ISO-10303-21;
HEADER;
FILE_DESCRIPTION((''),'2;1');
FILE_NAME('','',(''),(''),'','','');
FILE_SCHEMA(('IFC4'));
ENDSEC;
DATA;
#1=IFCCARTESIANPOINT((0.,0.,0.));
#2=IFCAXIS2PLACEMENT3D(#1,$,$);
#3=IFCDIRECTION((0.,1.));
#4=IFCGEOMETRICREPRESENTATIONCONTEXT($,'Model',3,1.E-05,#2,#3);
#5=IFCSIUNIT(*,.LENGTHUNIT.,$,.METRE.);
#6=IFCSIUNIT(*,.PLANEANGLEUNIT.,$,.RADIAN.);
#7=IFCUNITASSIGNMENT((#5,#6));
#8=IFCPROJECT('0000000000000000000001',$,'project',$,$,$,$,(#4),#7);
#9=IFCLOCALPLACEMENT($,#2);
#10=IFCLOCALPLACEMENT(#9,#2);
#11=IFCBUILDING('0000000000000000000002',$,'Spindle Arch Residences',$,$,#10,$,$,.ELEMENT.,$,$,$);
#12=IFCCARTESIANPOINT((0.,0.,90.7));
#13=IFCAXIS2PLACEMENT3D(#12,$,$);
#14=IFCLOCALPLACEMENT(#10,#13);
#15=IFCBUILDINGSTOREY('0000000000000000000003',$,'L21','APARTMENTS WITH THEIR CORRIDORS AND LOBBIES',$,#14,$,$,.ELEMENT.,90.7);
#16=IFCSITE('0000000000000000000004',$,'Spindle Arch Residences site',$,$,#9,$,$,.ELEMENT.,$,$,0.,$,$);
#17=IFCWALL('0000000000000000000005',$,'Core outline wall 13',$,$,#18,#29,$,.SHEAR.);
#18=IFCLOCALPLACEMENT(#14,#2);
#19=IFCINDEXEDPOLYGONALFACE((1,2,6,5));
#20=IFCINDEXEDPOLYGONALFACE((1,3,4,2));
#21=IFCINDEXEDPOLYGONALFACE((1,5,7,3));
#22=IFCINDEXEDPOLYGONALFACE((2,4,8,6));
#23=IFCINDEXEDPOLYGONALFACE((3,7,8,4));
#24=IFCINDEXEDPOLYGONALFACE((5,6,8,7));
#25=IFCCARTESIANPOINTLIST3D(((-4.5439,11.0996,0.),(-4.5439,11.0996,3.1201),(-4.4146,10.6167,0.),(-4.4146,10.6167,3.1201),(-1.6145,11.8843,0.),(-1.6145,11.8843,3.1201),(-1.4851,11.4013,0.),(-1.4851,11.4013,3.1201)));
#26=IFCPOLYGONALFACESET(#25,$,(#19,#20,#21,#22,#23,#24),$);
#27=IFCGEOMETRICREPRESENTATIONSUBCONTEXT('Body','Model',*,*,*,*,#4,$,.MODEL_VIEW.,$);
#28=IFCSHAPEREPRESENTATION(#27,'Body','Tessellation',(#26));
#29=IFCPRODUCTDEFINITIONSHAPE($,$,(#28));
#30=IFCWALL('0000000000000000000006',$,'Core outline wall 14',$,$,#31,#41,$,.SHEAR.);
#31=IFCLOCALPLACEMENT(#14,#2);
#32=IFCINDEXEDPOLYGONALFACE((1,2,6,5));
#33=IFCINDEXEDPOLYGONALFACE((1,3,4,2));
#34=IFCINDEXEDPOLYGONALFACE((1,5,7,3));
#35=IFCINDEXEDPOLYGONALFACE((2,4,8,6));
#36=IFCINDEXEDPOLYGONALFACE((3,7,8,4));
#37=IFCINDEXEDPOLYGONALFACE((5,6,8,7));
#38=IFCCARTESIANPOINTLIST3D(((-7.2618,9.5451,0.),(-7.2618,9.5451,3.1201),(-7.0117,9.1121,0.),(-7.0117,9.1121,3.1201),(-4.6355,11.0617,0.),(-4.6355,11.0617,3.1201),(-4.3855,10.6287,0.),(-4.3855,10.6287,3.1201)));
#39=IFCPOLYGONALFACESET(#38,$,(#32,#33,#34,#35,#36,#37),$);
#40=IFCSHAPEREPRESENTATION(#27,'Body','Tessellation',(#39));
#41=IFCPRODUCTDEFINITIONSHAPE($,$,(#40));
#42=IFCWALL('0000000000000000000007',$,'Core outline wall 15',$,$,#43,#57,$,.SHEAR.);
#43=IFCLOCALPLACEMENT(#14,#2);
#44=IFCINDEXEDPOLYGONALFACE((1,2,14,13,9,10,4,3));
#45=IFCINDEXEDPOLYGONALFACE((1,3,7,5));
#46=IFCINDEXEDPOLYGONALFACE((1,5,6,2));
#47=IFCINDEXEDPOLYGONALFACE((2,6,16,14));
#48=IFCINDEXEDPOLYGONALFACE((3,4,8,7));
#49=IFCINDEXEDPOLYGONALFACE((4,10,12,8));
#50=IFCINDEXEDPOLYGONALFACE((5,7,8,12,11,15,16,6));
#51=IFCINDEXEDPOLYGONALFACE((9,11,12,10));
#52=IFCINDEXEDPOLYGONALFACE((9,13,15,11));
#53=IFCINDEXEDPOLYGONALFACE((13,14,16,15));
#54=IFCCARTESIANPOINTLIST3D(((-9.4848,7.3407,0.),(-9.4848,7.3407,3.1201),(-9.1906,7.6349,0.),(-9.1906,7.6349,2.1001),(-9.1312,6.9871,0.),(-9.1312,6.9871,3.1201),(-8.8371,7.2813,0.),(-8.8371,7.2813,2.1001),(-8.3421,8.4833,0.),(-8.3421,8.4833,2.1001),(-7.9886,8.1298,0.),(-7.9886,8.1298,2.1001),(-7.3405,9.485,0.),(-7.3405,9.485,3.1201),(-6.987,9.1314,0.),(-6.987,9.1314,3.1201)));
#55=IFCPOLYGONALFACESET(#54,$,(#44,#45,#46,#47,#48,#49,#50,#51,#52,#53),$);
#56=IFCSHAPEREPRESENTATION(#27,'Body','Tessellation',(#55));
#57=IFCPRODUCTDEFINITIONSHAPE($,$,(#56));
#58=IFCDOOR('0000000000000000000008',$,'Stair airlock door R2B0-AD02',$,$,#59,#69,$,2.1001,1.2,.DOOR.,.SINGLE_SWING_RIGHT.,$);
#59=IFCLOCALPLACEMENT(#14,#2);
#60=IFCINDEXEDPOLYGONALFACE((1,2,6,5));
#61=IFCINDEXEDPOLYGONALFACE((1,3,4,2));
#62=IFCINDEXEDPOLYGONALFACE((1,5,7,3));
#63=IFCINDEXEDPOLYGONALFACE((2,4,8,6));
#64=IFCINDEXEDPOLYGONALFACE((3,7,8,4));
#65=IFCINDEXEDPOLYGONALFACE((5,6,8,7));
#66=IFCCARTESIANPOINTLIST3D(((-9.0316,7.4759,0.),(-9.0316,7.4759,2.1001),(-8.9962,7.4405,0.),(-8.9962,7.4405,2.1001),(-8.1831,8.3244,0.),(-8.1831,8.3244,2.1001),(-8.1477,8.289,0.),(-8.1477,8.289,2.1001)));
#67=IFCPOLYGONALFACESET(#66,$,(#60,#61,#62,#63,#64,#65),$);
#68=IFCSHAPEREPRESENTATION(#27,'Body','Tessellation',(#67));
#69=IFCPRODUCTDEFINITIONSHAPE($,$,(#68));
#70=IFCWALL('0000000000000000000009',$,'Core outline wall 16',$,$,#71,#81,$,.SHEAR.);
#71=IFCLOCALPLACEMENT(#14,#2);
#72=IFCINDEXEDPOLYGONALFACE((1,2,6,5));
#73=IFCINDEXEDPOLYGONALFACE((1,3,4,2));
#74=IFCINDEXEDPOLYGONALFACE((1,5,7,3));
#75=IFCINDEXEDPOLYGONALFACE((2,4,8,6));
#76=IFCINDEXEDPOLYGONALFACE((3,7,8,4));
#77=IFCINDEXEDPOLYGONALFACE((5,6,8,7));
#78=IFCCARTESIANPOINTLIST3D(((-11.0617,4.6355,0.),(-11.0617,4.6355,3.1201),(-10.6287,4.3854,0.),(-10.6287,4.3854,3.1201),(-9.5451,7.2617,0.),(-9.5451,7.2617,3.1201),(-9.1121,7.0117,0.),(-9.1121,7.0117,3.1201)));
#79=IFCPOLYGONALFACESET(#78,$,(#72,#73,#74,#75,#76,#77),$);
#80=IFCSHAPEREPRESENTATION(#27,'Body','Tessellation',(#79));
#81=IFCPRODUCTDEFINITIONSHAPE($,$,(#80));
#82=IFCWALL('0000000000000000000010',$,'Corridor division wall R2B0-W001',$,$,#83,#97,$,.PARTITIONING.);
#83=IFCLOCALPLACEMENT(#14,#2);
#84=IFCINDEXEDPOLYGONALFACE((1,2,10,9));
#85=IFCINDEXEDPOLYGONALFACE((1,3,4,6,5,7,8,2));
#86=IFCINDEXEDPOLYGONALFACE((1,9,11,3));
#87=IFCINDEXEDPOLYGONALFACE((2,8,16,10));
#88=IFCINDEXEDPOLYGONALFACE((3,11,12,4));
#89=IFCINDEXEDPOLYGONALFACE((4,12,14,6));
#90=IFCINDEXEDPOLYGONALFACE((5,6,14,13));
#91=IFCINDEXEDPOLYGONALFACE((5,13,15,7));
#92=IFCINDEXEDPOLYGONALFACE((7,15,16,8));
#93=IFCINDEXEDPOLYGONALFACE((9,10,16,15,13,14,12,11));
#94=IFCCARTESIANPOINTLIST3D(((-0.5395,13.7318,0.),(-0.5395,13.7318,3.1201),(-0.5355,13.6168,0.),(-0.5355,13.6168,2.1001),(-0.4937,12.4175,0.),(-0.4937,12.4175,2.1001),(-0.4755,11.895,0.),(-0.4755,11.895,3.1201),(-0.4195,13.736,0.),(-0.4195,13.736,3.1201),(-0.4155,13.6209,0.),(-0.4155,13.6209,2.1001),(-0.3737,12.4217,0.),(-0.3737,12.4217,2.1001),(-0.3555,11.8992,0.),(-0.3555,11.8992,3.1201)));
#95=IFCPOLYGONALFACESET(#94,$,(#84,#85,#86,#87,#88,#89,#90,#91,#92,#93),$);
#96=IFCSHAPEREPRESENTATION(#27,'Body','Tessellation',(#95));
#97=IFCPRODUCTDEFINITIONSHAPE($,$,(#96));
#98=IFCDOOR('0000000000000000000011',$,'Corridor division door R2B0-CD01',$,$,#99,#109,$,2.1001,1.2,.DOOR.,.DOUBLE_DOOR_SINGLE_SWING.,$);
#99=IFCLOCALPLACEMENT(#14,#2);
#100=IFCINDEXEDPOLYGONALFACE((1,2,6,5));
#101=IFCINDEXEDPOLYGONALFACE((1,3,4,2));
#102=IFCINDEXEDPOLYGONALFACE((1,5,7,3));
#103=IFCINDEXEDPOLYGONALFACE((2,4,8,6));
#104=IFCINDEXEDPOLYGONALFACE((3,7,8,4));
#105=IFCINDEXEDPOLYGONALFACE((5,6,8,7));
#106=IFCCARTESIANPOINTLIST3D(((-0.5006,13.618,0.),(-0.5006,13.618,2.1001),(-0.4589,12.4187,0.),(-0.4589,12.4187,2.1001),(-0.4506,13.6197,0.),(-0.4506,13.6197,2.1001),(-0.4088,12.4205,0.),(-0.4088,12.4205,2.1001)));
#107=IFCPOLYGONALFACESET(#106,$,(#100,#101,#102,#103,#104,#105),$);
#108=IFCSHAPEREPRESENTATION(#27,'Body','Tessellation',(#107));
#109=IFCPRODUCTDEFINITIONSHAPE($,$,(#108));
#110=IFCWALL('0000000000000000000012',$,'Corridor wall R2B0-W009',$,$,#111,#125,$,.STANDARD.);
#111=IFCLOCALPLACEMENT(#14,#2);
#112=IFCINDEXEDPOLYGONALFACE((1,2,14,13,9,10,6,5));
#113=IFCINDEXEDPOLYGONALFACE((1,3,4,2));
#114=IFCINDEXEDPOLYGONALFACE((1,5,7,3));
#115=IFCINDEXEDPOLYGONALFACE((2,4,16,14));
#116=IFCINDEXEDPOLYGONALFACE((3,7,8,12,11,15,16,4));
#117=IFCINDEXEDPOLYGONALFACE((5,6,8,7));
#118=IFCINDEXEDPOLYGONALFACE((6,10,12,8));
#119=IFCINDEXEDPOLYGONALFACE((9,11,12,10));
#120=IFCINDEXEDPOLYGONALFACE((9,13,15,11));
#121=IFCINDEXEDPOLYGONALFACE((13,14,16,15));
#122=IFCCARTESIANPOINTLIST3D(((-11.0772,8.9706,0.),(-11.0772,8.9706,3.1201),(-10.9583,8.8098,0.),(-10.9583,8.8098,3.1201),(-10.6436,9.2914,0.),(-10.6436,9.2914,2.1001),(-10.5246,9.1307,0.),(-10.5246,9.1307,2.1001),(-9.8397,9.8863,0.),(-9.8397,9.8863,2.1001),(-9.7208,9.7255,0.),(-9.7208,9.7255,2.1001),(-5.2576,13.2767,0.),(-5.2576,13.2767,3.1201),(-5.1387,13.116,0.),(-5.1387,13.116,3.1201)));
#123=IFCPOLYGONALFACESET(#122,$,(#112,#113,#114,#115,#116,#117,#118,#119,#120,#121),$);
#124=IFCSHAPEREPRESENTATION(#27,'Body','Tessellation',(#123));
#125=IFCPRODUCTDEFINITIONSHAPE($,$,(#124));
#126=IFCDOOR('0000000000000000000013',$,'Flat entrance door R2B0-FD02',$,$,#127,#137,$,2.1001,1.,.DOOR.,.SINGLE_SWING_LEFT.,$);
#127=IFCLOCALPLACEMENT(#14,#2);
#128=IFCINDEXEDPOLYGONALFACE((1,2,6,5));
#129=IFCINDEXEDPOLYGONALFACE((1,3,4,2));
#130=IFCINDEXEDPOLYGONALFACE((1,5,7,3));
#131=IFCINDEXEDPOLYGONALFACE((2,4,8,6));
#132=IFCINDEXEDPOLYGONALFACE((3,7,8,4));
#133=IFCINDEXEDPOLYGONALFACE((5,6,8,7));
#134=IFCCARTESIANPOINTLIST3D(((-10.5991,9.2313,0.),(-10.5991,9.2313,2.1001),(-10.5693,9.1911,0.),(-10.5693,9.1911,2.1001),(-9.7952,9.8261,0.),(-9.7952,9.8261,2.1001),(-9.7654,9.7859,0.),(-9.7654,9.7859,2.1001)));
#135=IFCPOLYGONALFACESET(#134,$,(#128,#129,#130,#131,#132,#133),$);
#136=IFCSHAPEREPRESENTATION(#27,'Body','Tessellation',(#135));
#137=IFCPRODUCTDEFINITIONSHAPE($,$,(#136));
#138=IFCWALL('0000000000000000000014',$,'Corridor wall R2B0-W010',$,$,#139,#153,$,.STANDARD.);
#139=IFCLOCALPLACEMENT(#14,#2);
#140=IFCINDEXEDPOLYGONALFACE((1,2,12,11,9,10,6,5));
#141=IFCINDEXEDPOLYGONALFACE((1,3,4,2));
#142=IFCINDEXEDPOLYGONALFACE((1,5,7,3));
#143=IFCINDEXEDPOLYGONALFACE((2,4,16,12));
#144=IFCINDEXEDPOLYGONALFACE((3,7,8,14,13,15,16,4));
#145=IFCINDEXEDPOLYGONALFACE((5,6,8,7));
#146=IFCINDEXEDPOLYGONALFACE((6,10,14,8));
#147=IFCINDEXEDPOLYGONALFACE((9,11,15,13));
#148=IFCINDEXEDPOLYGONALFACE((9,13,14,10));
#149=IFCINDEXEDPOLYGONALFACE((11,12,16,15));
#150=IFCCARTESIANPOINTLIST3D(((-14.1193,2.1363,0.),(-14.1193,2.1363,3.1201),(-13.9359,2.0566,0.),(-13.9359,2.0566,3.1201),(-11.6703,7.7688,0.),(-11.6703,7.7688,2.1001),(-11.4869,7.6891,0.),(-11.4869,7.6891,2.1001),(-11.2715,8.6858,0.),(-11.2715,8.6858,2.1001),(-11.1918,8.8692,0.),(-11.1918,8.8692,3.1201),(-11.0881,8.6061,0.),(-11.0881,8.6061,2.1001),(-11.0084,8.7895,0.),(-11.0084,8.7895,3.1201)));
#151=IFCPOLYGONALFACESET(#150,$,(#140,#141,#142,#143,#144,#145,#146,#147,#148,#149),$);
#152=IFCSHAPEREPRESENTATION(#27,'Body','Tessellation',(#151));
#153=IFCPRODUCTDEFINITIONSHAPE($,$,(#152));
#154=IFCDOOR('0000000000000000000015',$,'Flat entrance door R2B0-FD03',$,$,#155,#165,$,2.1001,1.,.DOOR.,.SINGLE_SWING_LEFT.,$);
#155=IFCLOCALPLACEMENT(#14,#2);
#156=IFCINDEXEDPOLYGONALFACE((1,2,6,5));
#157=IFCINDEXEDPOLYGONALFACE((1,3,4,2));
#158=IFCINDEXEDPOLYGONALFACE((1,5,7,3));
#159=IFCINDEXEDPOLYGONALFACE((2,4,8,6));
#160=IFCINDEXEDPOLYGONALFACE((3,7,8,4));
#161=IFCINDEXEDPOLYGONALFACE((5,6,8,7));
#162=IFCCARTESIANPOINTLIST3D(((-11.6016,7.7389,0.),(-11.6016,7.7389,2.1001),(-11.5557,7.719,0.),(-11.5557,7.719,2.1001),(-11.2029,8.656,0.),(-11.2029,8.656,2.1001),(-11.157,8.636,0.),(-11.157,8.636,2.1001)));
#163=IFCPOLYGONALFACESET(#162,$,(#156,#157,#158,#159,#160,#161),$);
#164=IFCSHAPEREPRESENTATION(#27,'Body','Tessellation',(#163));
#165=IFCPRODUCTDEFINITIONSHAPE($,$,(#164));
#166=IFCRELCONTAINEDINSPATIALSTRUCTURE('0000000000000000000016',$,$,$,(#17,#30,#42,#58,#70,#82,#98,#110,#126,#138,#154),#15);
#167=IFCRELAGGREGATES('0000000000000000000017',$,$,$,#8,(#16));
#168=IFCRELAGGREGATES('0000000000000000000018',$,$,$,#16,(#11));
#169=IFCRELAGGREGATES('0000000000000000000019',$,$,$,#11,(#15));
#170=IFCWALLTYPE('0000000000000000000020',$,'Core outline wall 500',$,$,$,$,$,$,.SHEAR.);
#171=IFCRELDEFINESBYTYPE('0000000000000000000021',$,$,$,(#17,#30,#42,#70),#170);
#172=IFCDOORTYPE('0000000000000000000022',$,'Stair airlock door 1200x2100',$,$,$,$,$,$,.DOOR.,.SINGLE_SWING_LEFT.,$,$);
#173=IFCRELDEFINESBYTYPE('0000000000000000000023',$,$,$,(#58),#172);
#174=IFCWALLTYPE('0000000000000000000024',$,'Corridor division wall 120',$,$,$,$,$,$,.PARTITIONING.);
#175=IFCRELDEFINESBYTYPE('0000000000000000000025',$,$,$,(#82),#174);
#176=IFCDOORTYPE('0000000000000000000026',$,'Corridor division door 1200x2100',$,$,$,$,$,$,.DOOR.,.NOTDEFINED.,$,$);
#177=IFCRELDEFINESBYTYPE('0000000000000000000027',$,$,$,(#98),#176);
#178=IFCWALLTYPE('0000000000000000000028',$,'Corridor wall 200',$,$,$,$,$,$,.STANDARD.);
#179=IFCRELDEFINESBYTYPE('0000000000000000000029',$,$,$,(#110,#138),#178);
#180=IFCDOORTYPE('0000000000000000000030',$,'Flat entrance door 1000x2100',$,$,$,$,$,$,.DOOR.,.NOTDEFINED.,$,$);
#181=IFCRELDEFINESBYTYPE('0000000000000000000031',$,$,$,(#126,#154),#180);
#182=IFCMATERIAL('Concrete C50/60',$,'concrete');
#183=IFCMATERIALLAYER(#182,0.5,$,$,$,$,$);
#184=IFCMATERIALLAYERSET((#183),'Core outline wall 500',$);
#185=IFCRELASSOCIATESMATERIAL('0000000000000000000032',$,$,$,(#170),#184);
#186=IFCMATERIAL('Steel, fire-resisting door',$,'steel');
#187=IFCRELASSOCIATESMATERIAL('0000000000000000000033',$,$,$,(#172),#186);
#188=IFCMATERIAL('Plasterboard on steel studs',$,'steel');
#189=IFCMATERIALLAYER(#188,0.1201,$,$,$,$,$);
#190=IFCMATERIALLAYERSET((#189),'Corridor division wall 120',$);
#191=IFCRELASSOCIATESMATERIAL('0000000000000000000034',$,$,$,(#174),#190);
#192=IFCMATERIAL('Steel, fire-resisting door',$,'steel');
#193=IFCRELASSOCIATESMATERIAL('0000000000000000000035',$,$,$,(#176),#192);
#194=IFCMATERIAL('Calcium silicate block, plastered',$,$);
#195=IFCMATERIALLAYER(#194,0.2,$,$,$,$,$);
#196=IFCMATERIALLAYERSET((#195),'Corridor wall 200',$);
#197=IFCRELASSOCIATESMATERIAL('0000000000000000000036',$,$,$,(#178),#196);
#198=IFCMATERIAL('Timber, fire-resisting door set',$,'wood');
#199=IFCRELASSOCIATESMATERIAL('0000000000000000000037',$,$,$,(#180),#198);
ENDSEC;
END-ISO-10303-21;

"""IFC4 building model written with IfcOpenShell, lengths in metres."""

from ifc_helpers import new_model, si_unit, direction, frame, frame_2d, origin, place, context, subcontext, project, spatial, rectangle, extrude, material, layer, layer_set, type_object, element, fill, save


model = new_model("IFC4")

# Units and contexts
model_context = context("Model", 3, precision=1e-05, world=origin(), true_north=direction((0.0, 1.0)))
body_context = subcontext(model_context, "Body", "Model", "MODEL_VIEW")
ifc_project = project(units=[si_unit("LENGTHUNIT", "METRE"), si_unit("PLANEANGLEUNIT", "RADIAN")], contexts=[model_context])

# Site, building, storey
site_placement = place(None, origin())
site = spatial("IfcSite", under=ifc_project, at=site_placement, Name="Spindle Arch Residences site", CompositionType="ELEMENT", RefElevation=0.0)
building_placement = place(site_placement, origin())
building = spatial("IfcBuilding", under=site, at=building_placement, Name="Spindle Arch Residences", CompositionType="ELEMENT")
storey_placement = place(building_placement, frame((0.0, 0.0, 90.7)))
storey = spatial("IfcBuildingStorey", under=building, at=storey_placement, Name="L21", Description="APARTMENTS WITH THEIR CORRIDORS AND LOBBIES", CompositionType="ELEMENT", Elevation=90.7)

# Walls
ifc_material_1 = material(Name="Concrete C50/60", Category="concrete")
ifc_layer_1 = layer(ifc_material_1, 0.5)
ifc_layer_set_1 = layer_set([ifc_layer_1], Name="Core outline wall 500")
wall_type_1 = type_object("IfcWallType", Name="Core outline wall 500", PredefinedType="SHEAR", material=ifc_layer_set_1)
for number, where, z_axis, x_axis, name in (
    (1, (-1.5498, 11.6428, 0.0), (0.0, 0.0, 1.0), (-0.965948, -0.258735, 0.0), "Core outline wall 13"),
    (2, (-4.5105, 10.8452, 0.0), (0.0, 0.0, 1.0), (-0.865975, -0.500087, 0.0), "Core outline wall 14"),
):
    element("IfcWall", number, at=place(storey_placement, frame(where, z_axis=z_axis, x_axis=x_axis)), inside=storey, type_object=wall_type_1, Name=name, PredefinedType="SHEAR", context=body_context, shape_type="SweptSolid", body=[
        extrude(rectangle(XDim=3.0327, YDim=0.5, at=frame_2d((1.5164, 0.0))), origin(), (0.0, 0.0, 1.0), 3.1201),
    ])

# Wall, opening, door
wall_1_placement = place(storey_placement, frame((-7.1638, 9.3081, 0.0), z_axis=(0.0, 0.0, 1.0), x_axis=(-0.707107, -0.707107, 0.0)))
wall_1 = element("IfcWall", 3, at=wall_1_placement, inside=storey, type_object=wall_type_1, Name="Core outline wall 15", PredefinedType="SHEAR", context=body_context, shape_type="SweptSolid", body=[
    extrude(rectangle(XDim=3.0325, YDim=0.5, at=frame_2d((1.5161, 0.0))), origin(), (0.0, 0.0, 1.0), 3.1201),
])
opening_1_placement = place(wall_1_placement, frame((1.4163, 0.0, 0.0)))
opening_1 = element("IfcOpeningElement", 4, at=opening_1_placement, cuts=wall_1, PredefinedType="OPENING", context=body_context, shape_type="SweptSolid", body=[
    extrude(rectangle(XDim=1.2, YDim=2.1001, at=frame_2d((0.6001, 1.05))), frame((0.0, 0.26, 0.0), z_axis=(0.0, -1.0, 0.0), x_axis=(1.0, 0.0, 0.0)), (0.0, 0.0, 1.0), 0.52),
])
ifc_material_2 = material(Name="Steel, fire-resisting door", Category="steel")
door_type_1 = type_object("IfcDoorType", Name="Stair airlock door 1200x2100", OperationType="SINGLE_SWING_LEFT", PredefinedType="DOOR", material=ifc_material_2)
door_1_placement = place(opening_1_placement, origin())
door_1 = element("IfcDoor", 5, at=door_1_placement, inside=storey, type_object=door_type_1, Name="Stair airlock door R2B0-AD02", OperationType="SINGLE_SWING_RIGHT", OverallHeight=2.1001, OverallWidth=1.2, PredefinedType="DOOR", context=body_context, shape_type="SweptSolid", body=[
    extrude(rectangle(XDim=1.2, YDim=2.1001, at=frame_2d((0.6001, 1.05))), frame((0.0, 0.0249, 0.0), z_axis=(0.0, -1.0, 0.0), x_axis=(1.0, 0.0, 0.0)), (0.0, 0.0, 1.0), 0.05),
])
fill(opening_1, door_1)

# Wall
wall_2_placement = place(storey_placement, frame((-9.3286, 7.1367, 0.0), z_axis=(0.0, 0.0, 1.0), x_axis=(-0.500087, -0.865975, 0.0)))
element("IfcWall", 6, at=wall_2_placement, inside=storey, type_object=wall_type_1, Name="Core outline wall 16", PredefinedType="SHEAR", context=body_context, shape_type="SweptSolid", body=[
    extrude(rectangle(XDim=3.0327, YDim=0.5, at=frame_2d((1.5164, 0.0))), origin(), (0.0, 0.0, 1.0), 3.1201),
])

# Walls, openings, doors
ifc_material_3 = material(Name="Plasterboard on steel studs", Category="steel")
ifc_layer_2 = layer(ifc_material_3, 0.1201)
ifc_layer_set_2 = layer_set([ifc_layer_2], Name="Corridor division wall 120")
wall_type_2 = type_object("IfcWallType", Name="Corridor division wall 120", PredefinedType="PARTITIONING", material=ifc_layer_set_2)
wall_3_placement = place(storey_placement, frame((-0.4795, 13.7339, 0.0), z_axis=(0.0, 0.0, 1.0), x_axis=(0.034805, -0.999394, 0.0)))
wall_3 = element("IfcWall", 7, at=wall_3_placement, inside=storey, type_object=wall_type_2, Name="Corridor division wall R2B0-W001", PredefinedType="PARTITIONING", context=body_context, shape_type="SweptSolid", body=[
    extrude(rectangle(XDim=1.8379, YDim=0.1201, at=frame_2d((0.9189, 0.0))), origin(), (0.0, 0.0, 1.0), 3.1201),
])
opening_2_placement = place(wall_3_placement, frame((0.115, 0.0, 0.0)))
opening_2 = element("IfcOpeningElement", 8, at=opening_2_placement, cuts=wall_3, PredefinedType="OPENING", context=body_context, shape_type="SweptSolid", body=[
    extrude(rectangle(XDim=1.2, YDim=2.1001, at=frame_2d((0.6001, 1.05))), frame((0.0, 0.0701, 0.0), z_axis=(0.0, -1.0, 0.0), x_axis=(1.0, 0.0, 0.0)), (0.0, 0.0, 1.0), 0.1401),
])
ifc_material_4 = material(Name="Steel, fire-resisting door", Category="steel")
door_type_2 = type_object("IfcDoorType", Name="Corridor division door 1200x2100", OperationType="NOTDEFINED", PredefinedType="DOOR", material=ifc_material_4)
door_2_placement = place(opening_2_placement, origin())
door_2 = element("IfcDoor", 9, at=door_2_placement, inside=storey, type_object=door_type_2, Name="Corridor division door R2B0-CD01", OperationType="DOUBLE_DOOR_SINGLE_SWING", OverallHeight=2.1001, OverallWidth=1.2, PredefinedType="DOOR", context=body_context, shape_type="SweptSolid", body=[
    extrude(rectangle(XDim=1.2, YDim=2.1001, at=frame_2d((0.6001, 1.05))), frame((0.0, 0.0249, 0.0), z_axis=(0.0, -1.0, 0.0), x_axis=(1.0, 0.0, 0.0)), (0.0, 0.0, 1.0), 0.05),
])
fill(opening_2, door_2)
ifc_material_5 = material(Name="Calcium silicate block, plastered")
ifc_layer_3 = layer(ifc_material_5, 0.2)
ifc_layer_set_3 = layer_set([ifc_layer_3], Name="Corridor wall 200")
wall_type_3 = type_object("IfcWallType", Name="Corridor wall 200", PredefinedType="STANDARD", material=ifc_layer_set_3)
wall_4_placement = place(storey_placement, frame((-5.1982, 13.1963, 0.0), z_axis=(0.0, 0.0, 1.0), x_axis=(-0.803864, -0.594813, 0.0)))
wall_4 = element("IfcWall", 10, at=wall_4_placement, inside=storey, type_object=wall_type_3, Name="Corridor wall R2B0-W009", PredefinedType="STANDARD", context=body_context, shape_type="SweptSolid", body=[
    extrude(rectangle(XDim=7.2395, YDim=0.2, at=frame_2d((3.6196, 0.0))), origin(), (0.0, 0.0, 1.0), 3.1201),
])
opening_3_placement = place(wall_4_placement, frame((5.7, 0.0, 0.0)))
opening_3 = element("IfcOpeningElement", 11, at=opening_3_placement, cuts=wall_4, PredefinedType="OPENING", context=body_context, shape_type="SweptSolid", body=[
    extrude(rectangle(XDim=1.0, YDim=2.1001, at=frame_2d((0.5, 1.05))), frame((0.0, 0.1099, 0.0), z_axis=(0.0, -1.0, 0.0), x_axis=(1.0, 0.0, 0.0)), (0.0, 0.0, 1.0), 0.22),
])
ifc_material_6 = material(Name="Timber, fire-resisting door set", Category="wood")
door_type_3 = type_object("IfcDoorType", Name="Flat entrance door 1000x2100", OperationType="NOTDEFINED", PredefinedType="DOOR", material=ifc_material_6)
door_3_placement = place(opening_3_placement, origin())
door_3 = element("IfcDoor", 12, at=door_3_placement, inside=storey, type_object=door_type_3, Name="Flat entrance door R2B0-FD02", OperationType="SINGLE_SWING_LEFT", OverallHeight=2.1001, OverallWidth=1.0, PredefinedType="DOOR", context=body_context, shape_type="SweptSolid", body=[
    extrude(rectangle(XDim=1.0, YDim=2.1001, at=frame_2d((0.5, 1.05))), frame((0.0, 0.0249, 0.0), z_axis=(0.0, -1.0, 0.0), x_axis=(1.0, 0.0, 0.0)), (0.0, 0.0, 1.0), 0.05),
])
fill(opening_3, door_3)
wall_5_placement = place(storey_placement, frame((-11.1001, 8.8293, 0.0), z_axis=(0.0, 0.0, 1.0), x_axis=(-0.398742, -0.917063, 0.0)))
wall_5 = element("IfcWall", 13, at=wall_5_placement, inside=storey, type_object=wall_type_3, Name="Corridor wall R2B0-W010", PredefinedType="STANDARD", context=body_context, shape_type="SweptSolid", body=[
    extrude(rectangle(XDim=7.3418, YDim=0.2, at=frame_2d((3.6709, 0.0))), origin(), (0.0, 0.0, 1.0), 3.1201),
])
opening_4_placement = place(wall_5_placement, frame((0.2, 0.0, 0.0)))
opening_4 = element("IfcOpeningElement", 14, at=opening_4_placement, cuts=wall_5, PredefinedType="OPENING", context=body_context, shape_type="SweptSolid", body=[
    extrude(rectangle(XDim=1.0, YDim=2.1001, at=frame_2d((0.5, 1.05))), frame((0.0, 0.1099, 0.0), z_axis=(0.0, -1.0, 0.0), x_axis=(1.0, 0.0, 0.0)), (0.0, 0.0, 1.0), 0.22),
])
door_4_placement = place(opening_4_placement, origin())
door_4 = element("IfcDoor", 15, at=door_4_placement, inside=storey, type_object=door_type_3, Name="Flat entrance door R2B0-FD03", OperationType="SINGLE_SWING_LEFT", OverallHeight=2.1001, OverallWidth=1.0, PredefinedType="DOOR", context=body_context, shape_type="SweptSolid", body=[
    extrude(rectangle(XDim=1.0, YDim=2.1001, at=frame_2d((0.5, 1.05))), frame((0.0, 0.0249, 0.0), z_axis=(0.0, -1.0, 0.0), x_axis=(1.0, 0.0, 0.0)), (0.0, 0.0, 1.0), 0.05),
])
fill(opening_4, door_4)

save(model, "model.ifc")
